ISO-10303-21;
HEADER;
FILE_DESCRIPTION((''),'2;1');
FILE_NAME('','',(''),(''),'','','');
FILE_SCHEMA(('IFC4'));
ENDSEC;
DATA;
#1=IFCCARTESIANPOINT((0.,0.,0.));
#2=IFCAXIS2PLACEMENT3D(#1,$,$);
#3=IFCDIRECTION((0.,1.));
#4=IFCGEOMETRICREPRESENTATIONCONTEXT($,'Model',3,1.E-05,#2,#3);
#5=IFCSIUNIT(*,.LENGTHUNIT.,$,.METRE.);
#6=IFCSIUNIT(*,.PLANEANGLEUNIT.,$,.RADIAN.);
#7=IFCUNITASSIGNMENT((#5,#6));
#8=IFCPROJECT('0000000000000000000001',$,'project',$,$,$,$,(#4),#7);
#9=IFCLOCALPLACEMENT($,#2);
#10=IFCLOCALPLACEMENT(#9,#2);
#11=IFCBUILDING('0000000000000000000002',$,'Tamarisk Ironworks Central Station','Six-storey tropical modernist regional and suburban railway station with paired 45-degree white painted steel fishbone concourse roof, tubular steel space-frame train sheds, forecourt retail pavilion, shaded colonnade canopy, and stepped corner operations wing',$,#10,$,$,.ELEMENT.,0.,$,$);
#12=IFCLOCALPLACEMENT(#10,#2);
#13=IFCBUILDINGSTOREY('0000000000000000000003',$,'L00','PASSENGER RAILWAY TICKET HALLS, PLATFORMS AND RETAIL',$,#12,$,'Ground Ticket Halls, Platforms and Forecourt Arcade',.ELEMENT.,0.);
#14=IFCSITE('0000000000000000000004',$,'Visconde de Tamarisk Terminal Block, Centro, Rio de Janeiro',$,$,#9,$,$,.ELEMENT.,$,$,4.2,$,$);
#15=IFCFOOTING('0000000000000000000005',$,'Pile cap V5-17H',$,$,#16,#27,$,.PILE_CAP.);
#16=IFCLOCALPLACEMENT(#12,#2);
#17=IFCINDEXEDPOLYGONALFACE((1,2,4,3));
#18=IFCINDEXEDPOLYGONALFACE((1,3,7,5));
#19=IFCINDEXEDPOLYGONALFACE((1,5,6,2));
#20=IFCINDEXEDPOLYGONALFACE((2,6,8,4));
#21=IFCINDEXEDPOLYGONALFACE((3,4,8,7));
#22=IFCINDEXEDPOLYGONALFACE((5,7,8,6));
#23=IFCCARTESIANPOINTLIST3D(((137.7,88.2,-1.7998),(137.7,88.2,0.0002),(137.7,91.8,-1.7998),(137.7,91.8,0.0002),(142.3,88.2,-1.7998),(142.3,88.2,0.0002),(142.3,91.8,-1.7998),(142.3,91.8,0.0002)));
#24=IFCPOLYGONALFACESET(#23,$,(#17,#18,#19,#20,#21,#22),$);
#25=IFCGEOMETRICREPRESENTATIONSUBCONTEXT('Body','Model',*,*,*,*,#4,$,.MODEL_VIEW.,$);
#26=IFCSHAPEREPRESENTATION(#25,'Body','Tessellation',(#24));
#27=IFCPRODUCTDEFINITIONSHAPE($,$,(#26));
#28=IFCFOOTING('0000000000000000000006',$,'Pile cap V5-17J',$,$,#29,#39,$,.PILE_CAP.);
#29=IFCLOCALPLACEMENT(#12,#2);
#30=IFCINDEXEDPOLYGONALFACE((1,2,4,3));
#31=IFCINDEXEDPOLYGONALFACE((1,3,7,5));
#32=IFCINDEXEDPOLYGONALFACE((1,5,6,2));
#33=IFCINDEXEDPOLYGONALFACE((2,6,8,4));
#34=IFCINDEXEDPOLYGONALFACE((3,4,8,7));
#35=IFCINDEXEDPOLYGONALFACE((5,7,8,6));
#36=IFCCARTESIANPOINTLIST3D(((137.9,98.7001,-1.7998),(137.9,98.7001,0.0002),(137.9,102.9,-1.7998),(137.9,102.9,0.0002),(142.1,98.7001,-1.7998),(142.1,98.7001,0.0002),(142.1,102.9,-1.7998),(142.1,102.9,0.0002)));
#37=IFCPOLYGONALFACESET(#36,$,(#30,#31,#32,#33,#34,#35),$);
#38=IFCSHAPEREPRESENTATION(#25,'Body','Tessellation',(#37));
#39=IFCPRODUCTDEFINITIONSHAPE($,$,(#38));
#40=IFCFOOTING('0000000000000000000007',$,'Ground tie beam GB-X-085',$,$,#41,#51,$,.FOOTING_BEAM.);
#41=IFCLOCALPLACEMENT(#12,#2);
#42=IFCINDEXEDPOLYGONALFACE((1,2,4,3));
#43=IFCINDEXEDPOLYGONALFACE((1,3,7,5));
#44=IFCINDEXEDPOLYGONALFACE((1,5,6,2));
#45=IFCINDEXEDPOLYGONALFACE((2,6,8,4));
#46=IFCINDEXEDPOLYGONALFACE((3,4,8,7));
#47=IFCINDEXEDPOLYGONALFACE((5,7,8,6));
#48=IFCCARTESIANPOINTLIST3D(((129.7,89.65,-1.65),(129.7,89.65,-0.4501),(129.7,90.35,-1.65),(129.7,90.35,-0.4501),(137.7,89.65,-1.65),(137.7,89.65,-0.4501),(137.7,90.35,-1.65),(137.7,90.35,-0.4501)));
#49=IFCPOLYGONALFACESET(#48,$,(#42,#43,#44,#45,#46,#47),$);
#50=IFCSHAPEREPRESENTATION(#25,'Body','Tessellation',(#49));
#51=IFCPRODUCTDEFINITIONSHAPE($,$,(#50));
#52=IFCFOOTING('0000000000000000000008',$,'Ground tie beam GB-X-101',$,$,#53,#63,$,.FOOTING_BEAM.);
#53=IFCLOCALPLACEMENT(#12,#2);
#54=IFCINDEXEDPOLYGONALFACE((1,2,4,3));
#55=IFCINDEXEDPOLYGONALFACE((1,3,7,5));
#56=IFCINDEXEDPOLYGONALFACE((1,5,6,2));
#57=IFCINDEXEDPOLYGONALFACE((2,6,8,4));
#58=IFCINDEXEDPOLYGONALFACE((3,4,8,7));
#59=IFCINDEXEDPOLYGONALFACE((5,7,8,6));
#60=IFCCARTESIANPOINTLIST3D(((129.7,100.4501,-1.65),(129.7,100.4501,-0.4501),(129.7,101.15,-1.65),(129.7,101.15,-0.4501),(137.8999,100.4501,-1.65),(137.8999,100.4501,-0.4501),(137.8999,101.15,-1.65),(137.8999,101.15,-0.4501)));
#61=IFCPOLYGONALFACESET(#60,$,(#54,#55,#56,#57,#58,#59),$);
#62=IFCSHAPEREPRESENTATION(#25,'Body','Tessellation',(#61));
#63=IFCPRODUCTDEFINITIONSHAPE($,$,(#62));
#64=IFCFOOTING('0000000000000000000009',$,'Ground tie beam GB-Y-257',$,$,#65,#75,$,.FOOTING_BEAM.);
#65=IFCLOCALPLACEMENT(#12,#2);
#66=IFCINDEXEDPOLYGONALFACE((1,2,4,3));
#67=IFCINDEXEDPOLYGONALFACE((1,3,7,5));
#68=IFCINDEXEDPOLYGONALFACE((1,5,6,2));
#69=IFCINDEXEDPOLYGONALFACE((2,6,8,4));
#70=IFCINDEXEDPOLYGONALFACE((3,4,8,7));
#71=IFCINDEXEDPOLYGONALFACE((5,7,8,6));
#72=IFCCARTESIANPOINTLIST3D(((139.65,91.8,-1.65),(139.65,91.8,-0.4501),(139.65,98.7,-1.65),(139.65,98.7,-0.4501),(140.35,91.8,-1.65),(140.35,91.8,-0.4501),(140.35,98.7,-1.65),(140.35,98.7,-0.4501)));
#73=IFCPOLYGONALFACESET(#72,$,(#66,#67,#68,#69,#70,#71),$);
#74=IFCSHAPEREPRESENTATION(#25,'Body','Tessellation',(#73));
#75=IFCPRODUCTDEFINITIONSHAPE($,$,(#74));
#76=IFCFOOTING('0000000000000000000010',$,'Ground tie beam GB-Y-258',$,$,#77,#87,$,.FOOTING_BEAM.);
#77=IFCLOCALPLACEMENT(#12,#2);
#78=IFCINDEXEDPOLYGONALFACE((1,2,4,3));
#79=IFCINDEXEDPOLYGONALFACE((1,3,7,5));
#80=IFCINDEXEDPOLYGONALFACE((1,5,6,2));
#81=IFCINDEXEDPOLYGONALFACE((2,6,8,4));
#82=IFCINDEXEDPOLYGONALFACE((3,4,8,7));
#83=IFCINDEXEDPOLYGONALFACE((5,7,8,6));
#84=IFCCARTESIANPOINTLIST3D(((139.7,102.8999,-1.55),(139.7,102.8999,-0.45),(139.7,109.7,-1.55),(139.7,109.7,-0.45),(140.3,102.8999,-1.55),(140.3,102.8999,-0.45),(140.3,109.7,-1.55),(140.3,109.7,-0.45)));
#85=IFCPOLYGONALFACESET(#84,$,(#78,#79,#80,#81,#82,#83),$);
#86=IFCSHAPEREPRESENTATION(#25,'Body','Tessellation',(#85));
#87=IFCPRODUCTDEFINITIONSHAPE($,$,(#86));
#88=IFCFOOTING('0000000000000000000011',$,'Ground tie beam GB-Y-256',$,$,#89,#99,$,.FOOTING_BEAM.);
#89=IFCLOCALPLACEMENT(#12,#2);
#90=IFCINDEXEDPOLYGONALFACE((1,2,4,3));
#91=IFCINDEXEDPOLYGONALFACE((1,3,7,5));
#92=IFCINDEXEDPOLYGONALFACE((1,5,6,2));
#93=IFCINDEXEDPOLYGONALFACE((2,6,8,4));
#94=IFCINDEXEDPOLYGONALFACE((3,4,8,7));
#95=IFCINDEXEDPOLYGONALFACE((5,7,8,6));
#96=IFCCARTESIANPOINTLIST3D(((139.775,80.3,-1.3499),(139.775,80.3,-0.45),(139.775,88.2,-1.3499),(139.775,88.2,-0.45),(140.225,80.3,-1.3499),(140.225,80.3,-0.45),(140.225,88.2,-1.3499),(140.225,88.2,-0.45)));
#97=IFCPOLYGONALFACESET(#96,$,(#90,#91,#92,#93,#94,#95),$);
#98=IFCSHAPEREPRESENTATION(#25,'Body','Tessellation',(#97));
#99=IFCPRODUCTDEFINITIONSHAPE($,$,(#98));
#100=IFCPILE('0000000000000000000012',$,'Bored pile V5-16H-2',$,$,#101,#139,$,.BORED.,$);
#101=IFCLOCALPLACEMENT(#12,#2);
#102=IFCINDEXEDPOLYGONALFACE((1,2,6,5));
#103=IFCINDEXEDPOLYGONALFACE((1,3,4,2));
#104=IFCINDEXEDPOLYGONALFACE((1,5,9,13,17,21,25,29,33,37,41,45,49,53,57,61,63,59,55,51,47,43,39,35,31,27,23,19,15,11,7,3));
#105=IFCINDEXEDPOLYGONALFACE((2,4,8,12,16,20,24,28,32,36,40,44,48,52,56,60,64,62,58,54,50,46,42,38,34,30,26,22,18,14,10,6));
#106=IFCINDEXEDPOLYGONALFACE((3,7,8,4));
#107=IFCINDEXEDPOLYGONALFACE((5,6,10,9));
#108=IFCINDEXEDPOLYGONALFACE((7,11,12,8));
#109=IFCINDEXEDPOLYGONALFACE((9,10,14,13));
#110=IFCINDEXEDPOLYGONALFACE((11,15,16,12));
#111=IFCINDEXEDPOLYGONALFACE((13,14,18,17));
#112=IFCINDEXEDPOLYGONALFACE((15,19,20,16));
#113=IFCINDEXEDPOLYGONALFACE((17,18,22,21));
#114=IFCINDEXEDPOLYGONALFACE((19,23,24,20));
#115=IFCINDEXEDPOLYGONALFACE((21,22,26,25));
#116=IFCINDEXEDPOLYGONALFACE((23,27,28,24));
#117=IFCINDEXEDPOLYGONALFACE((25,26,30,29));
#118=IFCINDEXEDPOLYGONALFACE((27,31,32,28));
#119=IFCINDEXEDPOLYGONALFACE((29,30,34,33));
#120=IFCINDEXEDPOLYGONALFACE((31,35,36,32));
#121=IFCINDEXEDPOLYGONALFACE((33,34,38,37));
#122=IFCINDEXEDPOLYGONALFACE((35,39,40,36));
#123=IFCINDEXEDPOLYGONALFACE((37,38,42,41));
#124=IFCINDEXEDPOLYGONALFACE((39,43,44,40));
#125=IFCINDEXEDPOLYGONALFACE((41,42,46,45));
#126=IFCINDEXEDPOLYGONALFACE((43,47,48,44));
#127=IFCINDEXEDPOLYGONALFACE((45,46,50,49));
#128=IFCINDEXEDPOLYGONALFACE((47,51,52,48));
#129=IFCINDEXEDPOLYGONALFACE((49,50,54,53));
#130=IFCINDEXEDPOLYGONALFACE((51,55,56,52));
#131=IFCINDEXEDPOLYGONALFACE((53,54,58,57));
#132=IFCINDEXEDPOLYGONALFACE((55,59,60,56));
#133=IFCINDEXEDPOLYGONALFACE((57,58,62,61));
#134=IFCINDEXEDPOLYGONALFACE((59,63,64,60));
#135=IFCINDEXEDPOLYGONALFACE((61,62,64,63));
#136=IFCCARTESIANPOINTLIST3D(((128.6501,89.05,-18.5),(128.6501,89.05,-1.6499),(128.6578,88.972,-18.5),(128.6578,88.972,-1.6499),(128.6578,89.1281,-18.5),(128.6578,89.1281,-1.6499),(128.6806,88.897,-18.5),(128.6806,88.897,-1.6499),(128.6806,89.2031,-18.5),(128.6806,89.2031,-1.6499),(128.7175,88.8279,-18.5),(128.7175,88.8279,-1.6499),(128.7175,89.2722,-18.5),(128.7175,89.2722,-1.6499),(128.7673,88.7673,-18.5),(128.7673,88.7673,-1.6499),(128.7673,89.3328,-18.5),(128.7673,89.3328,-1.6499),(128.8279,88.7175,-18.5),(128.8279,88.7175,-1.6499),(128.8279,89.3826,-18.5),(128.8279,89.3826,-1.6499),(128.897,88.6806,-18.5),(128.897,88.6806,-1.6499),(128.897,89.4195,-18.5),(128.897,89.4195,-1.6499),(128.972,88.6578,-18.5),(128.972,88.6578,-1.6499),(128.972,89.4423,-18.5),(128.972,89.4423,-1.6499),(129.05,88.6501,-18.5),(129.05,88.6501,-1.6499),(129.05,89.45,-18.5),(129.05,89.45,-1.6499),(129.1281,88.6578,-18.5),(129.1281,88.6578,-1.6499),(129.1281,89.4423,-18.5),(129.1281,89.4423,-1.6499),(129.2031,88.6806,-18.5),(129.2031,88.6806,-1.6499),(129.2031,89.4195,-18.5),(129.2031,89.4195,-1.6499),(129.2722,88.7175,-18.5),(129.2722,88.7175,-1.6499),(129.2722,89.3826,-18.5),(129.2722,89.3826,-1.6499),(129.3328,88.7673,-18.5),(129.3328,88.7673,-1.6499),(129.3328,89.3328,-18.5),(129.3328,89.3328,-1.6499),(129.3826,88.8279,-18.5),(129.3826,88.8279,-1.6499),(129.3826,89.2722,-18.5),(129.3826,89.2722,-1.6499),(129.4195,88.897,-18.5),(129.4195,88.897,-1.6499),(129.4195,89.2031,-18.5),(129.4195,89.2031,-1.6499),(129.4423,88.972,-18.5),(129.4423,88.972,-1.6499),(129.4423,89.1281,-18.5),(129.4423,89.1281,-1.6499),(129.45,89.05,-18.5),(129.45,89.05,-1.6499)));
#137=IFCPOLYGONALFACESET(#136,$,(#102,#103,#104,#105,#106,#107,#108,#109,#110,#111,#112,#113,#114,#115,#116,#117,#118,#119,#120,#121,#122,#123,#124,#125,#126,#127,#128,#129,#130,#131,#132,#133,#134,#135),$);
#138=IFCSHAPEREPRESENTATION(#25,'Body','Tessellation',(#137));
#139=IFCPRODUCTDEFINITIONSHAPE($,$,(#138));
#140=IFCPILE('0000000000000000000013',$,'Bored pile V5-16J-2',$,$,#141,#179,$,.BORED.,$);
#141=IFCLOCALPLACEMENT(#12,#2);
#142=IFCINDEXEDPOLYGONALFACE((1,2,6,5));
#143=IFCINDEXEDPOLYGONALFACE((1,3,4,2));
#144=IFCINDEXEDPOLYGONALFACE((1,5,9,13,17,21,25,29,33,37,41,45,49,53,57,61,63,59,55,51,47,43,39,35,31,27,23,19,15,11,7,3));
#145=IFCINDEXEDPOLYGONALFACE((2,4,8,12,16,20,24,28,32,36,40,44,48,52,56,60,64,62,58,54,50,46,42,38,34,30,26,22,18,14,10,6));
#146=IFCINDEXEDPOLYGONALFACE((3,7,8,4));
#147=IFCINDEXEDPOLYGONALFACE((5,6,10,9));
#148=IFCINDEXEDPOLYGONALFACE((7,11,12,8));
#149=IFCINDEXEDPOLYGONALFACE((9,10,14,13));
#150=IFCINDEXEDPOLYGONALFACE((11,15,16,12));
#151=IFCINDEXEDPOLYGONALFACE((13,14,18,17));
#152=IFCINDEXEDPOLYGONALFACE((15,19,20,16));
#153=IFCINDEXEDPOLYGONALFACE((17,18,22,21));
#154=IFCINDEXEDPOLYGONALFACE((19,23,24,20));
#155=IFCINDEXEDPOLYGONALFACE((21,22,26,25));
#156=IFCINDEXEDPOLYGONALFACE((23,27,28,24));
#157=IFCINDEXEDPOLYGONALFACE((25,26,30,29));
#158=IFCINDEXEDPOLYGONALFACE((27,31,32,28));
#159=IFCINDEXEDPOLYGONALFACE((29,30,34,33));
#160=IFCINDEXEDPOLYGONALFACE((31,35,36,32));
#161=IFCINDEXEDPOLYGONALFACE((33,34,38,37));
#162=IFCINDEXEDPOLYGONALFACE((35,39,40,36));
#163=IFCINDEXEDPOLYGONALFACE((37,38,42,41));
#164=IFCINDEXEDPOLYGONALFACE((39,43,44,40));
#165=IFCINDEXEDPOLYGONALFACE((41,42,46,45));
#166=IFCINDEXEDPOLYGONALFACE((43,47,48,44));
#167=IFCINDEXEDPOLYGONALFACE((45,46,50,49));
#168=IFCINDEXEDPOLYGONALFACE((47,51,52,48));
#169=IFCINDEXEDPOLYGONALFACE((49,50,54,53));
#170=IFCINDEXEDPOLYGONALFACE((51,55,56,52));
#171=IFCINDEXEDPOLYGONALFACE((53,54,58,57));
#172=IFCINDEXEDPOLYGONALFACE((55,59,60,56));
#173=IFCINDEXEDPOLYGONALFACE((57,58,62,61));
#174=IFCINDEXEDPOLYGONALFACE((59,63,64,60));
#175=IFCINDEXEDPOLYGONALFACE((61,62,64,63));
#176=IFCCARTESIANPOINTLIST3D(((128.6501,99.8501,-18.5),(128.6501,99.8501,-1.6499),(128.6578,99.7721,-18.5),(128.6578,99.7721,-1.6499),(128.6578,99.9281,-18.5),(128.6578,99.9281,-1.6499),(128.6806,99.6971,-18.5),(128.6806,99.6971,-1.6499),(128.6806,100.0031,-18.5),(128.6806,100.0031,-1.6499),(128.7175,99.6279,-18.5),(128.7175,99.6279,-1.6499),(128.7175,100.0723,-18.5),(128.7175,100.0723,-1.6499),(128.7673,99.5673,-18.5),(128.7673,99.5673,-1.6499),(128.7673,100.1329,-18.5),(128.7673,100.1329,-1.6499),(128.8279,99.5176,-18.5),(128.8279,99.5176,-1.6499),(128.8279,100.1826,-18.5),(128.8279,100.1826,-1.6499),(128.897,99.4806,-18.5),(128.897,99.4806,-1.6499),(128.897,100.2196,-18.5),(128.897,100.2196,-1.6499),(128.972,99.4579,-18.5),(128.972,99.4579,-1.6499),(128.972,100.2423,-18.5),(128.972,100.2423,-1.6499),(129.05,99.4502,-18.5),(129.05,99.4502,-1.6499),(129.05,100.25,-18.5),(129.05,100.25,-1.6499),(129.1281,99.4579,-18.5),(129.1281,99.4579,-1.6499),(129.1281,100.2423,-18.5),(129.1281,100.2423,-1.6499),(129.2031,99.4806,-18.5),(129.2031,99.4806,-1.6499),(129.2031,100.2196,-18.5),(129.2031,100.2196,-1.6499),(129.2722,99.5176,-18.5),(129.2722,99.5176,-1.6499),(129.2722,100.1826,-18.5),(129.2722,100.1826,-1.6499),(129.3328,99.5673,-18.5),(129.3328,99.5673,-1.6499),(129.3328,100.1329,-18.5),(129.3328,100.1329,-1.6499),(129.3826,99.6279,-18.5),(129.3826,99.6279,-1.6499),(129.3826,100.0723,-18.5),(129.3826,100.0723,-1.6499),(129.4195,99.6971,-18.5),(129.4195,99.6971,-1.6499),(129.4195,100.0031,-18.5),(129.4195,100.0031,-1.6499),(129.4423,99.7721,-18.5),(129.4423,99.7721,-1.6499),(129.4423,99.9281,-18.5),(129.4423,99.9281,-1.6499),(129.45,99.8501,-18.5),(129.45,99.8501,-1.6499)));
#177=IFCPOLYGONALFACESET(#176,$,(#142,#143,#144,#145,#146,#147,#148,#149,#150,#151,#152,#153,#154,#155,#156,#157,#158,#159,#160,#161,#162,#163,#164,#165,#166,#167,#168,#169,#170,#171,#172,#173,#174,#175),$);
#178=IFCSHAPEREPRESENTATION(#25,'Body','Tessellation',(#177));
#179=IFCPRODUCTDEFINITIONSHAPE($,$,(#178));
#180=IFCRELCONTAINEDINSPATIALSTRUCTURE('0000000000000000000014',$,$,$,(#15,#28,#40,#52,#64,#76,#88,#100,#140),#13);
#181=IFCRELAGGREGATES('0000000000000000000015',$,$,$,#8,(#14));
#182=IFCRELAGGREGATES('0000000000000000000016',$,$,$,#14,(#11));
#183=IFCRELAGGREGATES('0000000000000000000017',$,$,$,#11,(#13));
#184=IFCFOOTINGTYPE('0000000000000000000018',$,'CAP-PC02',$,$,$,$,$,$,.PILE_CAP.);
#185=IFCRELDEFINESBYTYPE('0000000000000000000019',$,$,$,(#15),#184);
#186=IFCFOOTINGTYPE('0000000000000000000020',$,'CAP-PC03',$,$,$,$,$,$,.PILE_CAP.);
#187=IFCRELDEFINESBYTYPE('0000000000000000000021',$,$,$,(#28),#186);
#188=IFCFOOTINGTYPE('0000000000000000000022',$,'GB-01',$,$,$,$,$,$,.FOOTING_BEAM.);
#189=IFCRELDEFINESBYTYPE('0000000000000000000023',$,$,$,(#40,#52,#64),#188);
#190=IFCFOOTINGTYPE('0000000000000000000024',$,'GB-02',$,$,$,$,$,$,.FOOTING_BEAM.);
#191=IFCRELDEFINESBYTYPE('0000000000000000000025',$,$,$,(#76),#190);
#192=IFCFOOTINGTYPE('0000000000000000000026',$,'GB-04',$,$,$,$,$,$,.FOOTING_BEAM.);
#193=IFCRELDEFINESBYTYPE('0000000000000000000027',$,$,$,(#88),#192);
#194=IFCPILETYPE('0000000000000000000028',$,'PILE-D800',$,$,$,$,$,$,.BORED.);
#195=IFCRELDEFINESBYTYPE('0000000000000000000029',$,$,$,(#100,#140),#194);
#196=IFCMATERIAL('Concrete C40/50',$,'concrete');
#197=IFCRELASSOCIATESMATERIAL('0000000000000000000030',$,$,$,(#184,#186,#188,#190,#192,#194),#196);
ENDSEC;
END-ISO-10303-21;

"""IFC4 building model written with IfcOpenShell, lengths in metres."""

from ifc_helpers import new_model, si_unit, direction, frame, origin, origin_2d, place, context, subcontext, project, spatial, rectangle, circle, extrude, material, material_profile, profile_set, type_object, element, save


model = new_model("IFC4")

# Units and contexts
model_context = context("Model", 3, precision=1e-05, world=origin(), true_north=direction((0.0, 1.0)))
body_context = subcontext(model_context, "Body", "Model", "MODEL_VIEW")
ifc_project = project(units=[si_unit("LENGTHUNIT", "METRE"), si_unit("PLANEANGLEUNIT", "RADIAN")], contexts=[model_context])

# Site, building, storey
site_placement = place(None, origin())
site = spatial("IfcSite", under=ifc_project, at=site_placement, Name="Visconde de Tamarisk Terminal Block, Centro, Rio de Janeiro", CompositionType="ELEMENT", RefElevation=4.2)
building_placement = place(site_placement, origin())
building = spatial("IfcBuilding", under=site, at=building_placement, Name="Tamarisk Ironworks Central Station", Description="Six-storey tropical modernist regional and suburban railway station with paired 45-degree white painted steel fishbone concourse roof, tubular steel space-frame train sheds, forecourt retail pavilion, shaded colonnade canopy, and stepped corner operations wing", CompositionType="ELEMENT", ElevationOfRefHeight=0.0)
storey_placement = place(building_placement, origin())
storey = spatial("IfcBuildingStorey", under=building, at=storey_placement, Name="L00", Description="PASSENGER RAILWAY TICKET HALLS, PLATFORMS AND RETAIL", LongName="Ground Ticket Halls, Platforms and Forecourt Arcade", CompositionType="ELEMENT", Elevation=0.0)

# Footings
ifc_material_1 = material(Name="Concrete C40/50", Category="concrete")
footing_type_1 = type_object("IfcFootingType", Name="CAP-PC02", PredefinedType="PILE_CAP", material=ifc_material_1)
footing_1_placement = place(storey_placement, frame((140.0, 90.0, -1.7998), z_axis=(0.0, 0.0, 1.0), x_axis=(1.0, 0.0, 0.0)))
element("IfcFooting", 1, at=footing_1_placement, inside=storey, type_object=footing_type_1, Name="Pile cap V5-17H", PredefinedType="PILE_CAP", context=body_context, shape_type="SweptSolid", body=[
    extrude(rectangle(XDim=4.6001, YDim=3.6001, at=origin_2d()), origin(), (0.0, 0.0, 1.0), 1.8),
])
footing_type_2 = type_object("IfcFootingType", Name="CAP-PC03", PredefinedType="PILE_CAP", material=ifc_material_1)
footing_2_placement = place(storey_placement, frame((140.0, 100.8, -1.7998), z_axis=(0.0, 0.0, 1.0), x_axis=(1.0, 0.0, 0.0)))
element("IfcFooting", 2, at=footing_2_placement, inside=storey, type_object=footing_type_2, Name="Pile cap V5-17J", PredefinedType="PILE_CAP", context=body_context, shape_type="SweptSolid", body=[
    extrude(rectangle(XDim=4.2, YDim=4.2, at=origin_2d()), origin(), (0.0, 0.0, 1.0), 1.8),
])
ifc_material_profile_1 = material_profile(ifc_material_1, rectangle(XDim=0.7, YDim=1.2, at=origin_2d()), Name="GB01 700x1200")
ifc_profile_set_1 = profile_set([ifc_material_profile_1], Name="Concrete C40/50")
footing_type_3 = type_object("IfcFootingType", Name="GB-01", PredefinedType="FOOTING_BEAM", material=ifc_profile_set_1)
footing_3_placement = place(storey_placement, frame((129.7, 90.0, -1.05), z_axis=(1.0, 0.0, 0.0), x_axis=(0.0, 1.0, 0.0)))
element("IfcFooting", 3, at=footing_3_placement, inside=storey, type_object=footing_type_3, Name="Ground tie beam GB-X-085", PredefinedType="FOOTING_BEAM", context=body_context, shape_type="SweptSolid", body=[
    extrude(rectangle(XDim=0.7, YDim=1.2, at=origin_2d()), origin(), (0.0, 0.0, 1.0), 8.0),
])
footing_4_placement = place(storey_placement, frame((129.7, 100.8, -1.05), z_axis=(1.0, 0.0, 0.0), x_axis=(0.0, 1.0, 0.0)))
element("IfcFooting", 4, at=footing_4_placement, inside=storey, type_object=footing_type_3, Name="Ground tie beam GB-X-101", PredefinedType="FOOTING_BEAM", context=body_context, shape_type="SweptSolid", body=[
    extrude(rectangle(XDim=0.7, YDim=1.2, at=origin_2d()), origin(), (0.0, 0.0, 1.0), 8.2),
])
footing_5_placement = place(storey_placement, frame((140.0, 91.8, -1.05), z_axis=(0.0, 1.0, 0.0), x_axis=(-1.0, 0.0, 0.0)))
element("IfcFooting", 5, at=footing_5_placement, inside=storey, type_object=footing_type_3, Name="Ground tie beam GB-Y-257", PredefinedType="FOOTING_BEAM", context=body_context, shape_type="SweptSolid", body=[
    extrude(rectangle(XDim=0.7, YDim=1.2, at=origin_2d()), origin(), (0.0, 0.0, 1.0), 6.8999),
])
ifc_material_profile_2 = material_profile(ifc_material_1, rectangle(XDim=0.6001, YDim=1.1001, at=origin_2d()), Name="GB02 600x1100")
ifc_profile_set_2 = profile_set([ifc_material_profile_2], Name="Concrete C40/50")
footing_type_4 = type_object("IfcFootingType", Name="GB-02", PredefinedType="FOOTING_BEAM", material=ifc_profile_set_2)
footing_6_placement = place(storey_placement, frame((140.0, 102.8999, -1.0), z_axis=(0.0, 1.0, 0.0), x_axis=(-1.0, 0.0, 0.0)))
element("IfcFooting", 6, at=footing_6_placement, inside=storey, type_object=footing_type_4, Name="Ground tie beam GB-Y-258", PredefinedType="FOOTING_BEAM", context=body_context, shape_type="SweptSolid", body=[
    extrude(rectangle(XDim=0.6001, YDim=1.1001, at=origin_2d()), origin(), (0.0, 0.0, 1.0), 6.8),
])
ifc_material_profile_3 = material_profile(ifc_material_1, rectangle(XDim=0.45, YDim=0.8999, at=origin_2d()), Name="GB04 450x900")
ifc_profile_set_3 = profile_set([ifc_material_profile_3], Name="Concrete C40/50")
footing_type_5 = type_object("IfcFootingType", Name="GB-04", PredefinedType="FOOTING_BEAM", material=ifc_profile_set_3)
footing_7_placement = place(storey_placement, frame((140.0, 80.3, -0.8999), z_axis=(0.0, 1.0, 0.0), x_axis=(-1.0, 0.0, 0.0)))
element("IfcFooting", 7, at=footing_7_placement, inside=storey, type_object=footing_type_5, Name="Ground tie beam GB-Y-256", PredefinedType="FOOTING_BEAM", context=body_context, shape_type="SweptSolid", body=[
    extrude(rectangle(XDim=0.45, YDim=0.8999, at=origin_2d()), origin(), (0.0, 0.0, 1.0), 7.8999),
])

# Piles
ifc_material_profile_4 = material_profile(ifc_material_1, circle(Radius=0.3999, at=origin_2d()), Name="BORED PILE D800")
ifc_profile_set_4 = profile_set([ifc_material_profile_4], Name="Concrete C40/50")
pile_type = type_object("IfcPileType", Name="PILE-D800", PredefinedType="BORED", material=ifc_profile_set_4)
for number, where, z_axis, x_axis, name in (
    (8, (129.05, 89.05, -1.6499), (0.0, 0.0, -1.0), (1.0, 0.0, 0.0), "Bored pile V5-16H-2"),
    (9, (129.05, 99.8501, -1.6499), (0.0, 0.0, -1.0), (1.0, 0.0, 0.0), "Bored pile V5-16J-2"),
):
    element("IfcPile", number, at=place(storey_placement, frame(where, z_axis=z_axis, x_axis=x_axis)), inside=storey, type_object=pile_type, Name=name, PredefinedType="BORED", context=body_context, shape_type="SweptSolid", body=[
        extrude(circle(Radius=0.3999, at=origin_2d()), origin(), (0.0, 0.0, 1.0), 16.8501),
    ])

save(model, "model.ifc")
